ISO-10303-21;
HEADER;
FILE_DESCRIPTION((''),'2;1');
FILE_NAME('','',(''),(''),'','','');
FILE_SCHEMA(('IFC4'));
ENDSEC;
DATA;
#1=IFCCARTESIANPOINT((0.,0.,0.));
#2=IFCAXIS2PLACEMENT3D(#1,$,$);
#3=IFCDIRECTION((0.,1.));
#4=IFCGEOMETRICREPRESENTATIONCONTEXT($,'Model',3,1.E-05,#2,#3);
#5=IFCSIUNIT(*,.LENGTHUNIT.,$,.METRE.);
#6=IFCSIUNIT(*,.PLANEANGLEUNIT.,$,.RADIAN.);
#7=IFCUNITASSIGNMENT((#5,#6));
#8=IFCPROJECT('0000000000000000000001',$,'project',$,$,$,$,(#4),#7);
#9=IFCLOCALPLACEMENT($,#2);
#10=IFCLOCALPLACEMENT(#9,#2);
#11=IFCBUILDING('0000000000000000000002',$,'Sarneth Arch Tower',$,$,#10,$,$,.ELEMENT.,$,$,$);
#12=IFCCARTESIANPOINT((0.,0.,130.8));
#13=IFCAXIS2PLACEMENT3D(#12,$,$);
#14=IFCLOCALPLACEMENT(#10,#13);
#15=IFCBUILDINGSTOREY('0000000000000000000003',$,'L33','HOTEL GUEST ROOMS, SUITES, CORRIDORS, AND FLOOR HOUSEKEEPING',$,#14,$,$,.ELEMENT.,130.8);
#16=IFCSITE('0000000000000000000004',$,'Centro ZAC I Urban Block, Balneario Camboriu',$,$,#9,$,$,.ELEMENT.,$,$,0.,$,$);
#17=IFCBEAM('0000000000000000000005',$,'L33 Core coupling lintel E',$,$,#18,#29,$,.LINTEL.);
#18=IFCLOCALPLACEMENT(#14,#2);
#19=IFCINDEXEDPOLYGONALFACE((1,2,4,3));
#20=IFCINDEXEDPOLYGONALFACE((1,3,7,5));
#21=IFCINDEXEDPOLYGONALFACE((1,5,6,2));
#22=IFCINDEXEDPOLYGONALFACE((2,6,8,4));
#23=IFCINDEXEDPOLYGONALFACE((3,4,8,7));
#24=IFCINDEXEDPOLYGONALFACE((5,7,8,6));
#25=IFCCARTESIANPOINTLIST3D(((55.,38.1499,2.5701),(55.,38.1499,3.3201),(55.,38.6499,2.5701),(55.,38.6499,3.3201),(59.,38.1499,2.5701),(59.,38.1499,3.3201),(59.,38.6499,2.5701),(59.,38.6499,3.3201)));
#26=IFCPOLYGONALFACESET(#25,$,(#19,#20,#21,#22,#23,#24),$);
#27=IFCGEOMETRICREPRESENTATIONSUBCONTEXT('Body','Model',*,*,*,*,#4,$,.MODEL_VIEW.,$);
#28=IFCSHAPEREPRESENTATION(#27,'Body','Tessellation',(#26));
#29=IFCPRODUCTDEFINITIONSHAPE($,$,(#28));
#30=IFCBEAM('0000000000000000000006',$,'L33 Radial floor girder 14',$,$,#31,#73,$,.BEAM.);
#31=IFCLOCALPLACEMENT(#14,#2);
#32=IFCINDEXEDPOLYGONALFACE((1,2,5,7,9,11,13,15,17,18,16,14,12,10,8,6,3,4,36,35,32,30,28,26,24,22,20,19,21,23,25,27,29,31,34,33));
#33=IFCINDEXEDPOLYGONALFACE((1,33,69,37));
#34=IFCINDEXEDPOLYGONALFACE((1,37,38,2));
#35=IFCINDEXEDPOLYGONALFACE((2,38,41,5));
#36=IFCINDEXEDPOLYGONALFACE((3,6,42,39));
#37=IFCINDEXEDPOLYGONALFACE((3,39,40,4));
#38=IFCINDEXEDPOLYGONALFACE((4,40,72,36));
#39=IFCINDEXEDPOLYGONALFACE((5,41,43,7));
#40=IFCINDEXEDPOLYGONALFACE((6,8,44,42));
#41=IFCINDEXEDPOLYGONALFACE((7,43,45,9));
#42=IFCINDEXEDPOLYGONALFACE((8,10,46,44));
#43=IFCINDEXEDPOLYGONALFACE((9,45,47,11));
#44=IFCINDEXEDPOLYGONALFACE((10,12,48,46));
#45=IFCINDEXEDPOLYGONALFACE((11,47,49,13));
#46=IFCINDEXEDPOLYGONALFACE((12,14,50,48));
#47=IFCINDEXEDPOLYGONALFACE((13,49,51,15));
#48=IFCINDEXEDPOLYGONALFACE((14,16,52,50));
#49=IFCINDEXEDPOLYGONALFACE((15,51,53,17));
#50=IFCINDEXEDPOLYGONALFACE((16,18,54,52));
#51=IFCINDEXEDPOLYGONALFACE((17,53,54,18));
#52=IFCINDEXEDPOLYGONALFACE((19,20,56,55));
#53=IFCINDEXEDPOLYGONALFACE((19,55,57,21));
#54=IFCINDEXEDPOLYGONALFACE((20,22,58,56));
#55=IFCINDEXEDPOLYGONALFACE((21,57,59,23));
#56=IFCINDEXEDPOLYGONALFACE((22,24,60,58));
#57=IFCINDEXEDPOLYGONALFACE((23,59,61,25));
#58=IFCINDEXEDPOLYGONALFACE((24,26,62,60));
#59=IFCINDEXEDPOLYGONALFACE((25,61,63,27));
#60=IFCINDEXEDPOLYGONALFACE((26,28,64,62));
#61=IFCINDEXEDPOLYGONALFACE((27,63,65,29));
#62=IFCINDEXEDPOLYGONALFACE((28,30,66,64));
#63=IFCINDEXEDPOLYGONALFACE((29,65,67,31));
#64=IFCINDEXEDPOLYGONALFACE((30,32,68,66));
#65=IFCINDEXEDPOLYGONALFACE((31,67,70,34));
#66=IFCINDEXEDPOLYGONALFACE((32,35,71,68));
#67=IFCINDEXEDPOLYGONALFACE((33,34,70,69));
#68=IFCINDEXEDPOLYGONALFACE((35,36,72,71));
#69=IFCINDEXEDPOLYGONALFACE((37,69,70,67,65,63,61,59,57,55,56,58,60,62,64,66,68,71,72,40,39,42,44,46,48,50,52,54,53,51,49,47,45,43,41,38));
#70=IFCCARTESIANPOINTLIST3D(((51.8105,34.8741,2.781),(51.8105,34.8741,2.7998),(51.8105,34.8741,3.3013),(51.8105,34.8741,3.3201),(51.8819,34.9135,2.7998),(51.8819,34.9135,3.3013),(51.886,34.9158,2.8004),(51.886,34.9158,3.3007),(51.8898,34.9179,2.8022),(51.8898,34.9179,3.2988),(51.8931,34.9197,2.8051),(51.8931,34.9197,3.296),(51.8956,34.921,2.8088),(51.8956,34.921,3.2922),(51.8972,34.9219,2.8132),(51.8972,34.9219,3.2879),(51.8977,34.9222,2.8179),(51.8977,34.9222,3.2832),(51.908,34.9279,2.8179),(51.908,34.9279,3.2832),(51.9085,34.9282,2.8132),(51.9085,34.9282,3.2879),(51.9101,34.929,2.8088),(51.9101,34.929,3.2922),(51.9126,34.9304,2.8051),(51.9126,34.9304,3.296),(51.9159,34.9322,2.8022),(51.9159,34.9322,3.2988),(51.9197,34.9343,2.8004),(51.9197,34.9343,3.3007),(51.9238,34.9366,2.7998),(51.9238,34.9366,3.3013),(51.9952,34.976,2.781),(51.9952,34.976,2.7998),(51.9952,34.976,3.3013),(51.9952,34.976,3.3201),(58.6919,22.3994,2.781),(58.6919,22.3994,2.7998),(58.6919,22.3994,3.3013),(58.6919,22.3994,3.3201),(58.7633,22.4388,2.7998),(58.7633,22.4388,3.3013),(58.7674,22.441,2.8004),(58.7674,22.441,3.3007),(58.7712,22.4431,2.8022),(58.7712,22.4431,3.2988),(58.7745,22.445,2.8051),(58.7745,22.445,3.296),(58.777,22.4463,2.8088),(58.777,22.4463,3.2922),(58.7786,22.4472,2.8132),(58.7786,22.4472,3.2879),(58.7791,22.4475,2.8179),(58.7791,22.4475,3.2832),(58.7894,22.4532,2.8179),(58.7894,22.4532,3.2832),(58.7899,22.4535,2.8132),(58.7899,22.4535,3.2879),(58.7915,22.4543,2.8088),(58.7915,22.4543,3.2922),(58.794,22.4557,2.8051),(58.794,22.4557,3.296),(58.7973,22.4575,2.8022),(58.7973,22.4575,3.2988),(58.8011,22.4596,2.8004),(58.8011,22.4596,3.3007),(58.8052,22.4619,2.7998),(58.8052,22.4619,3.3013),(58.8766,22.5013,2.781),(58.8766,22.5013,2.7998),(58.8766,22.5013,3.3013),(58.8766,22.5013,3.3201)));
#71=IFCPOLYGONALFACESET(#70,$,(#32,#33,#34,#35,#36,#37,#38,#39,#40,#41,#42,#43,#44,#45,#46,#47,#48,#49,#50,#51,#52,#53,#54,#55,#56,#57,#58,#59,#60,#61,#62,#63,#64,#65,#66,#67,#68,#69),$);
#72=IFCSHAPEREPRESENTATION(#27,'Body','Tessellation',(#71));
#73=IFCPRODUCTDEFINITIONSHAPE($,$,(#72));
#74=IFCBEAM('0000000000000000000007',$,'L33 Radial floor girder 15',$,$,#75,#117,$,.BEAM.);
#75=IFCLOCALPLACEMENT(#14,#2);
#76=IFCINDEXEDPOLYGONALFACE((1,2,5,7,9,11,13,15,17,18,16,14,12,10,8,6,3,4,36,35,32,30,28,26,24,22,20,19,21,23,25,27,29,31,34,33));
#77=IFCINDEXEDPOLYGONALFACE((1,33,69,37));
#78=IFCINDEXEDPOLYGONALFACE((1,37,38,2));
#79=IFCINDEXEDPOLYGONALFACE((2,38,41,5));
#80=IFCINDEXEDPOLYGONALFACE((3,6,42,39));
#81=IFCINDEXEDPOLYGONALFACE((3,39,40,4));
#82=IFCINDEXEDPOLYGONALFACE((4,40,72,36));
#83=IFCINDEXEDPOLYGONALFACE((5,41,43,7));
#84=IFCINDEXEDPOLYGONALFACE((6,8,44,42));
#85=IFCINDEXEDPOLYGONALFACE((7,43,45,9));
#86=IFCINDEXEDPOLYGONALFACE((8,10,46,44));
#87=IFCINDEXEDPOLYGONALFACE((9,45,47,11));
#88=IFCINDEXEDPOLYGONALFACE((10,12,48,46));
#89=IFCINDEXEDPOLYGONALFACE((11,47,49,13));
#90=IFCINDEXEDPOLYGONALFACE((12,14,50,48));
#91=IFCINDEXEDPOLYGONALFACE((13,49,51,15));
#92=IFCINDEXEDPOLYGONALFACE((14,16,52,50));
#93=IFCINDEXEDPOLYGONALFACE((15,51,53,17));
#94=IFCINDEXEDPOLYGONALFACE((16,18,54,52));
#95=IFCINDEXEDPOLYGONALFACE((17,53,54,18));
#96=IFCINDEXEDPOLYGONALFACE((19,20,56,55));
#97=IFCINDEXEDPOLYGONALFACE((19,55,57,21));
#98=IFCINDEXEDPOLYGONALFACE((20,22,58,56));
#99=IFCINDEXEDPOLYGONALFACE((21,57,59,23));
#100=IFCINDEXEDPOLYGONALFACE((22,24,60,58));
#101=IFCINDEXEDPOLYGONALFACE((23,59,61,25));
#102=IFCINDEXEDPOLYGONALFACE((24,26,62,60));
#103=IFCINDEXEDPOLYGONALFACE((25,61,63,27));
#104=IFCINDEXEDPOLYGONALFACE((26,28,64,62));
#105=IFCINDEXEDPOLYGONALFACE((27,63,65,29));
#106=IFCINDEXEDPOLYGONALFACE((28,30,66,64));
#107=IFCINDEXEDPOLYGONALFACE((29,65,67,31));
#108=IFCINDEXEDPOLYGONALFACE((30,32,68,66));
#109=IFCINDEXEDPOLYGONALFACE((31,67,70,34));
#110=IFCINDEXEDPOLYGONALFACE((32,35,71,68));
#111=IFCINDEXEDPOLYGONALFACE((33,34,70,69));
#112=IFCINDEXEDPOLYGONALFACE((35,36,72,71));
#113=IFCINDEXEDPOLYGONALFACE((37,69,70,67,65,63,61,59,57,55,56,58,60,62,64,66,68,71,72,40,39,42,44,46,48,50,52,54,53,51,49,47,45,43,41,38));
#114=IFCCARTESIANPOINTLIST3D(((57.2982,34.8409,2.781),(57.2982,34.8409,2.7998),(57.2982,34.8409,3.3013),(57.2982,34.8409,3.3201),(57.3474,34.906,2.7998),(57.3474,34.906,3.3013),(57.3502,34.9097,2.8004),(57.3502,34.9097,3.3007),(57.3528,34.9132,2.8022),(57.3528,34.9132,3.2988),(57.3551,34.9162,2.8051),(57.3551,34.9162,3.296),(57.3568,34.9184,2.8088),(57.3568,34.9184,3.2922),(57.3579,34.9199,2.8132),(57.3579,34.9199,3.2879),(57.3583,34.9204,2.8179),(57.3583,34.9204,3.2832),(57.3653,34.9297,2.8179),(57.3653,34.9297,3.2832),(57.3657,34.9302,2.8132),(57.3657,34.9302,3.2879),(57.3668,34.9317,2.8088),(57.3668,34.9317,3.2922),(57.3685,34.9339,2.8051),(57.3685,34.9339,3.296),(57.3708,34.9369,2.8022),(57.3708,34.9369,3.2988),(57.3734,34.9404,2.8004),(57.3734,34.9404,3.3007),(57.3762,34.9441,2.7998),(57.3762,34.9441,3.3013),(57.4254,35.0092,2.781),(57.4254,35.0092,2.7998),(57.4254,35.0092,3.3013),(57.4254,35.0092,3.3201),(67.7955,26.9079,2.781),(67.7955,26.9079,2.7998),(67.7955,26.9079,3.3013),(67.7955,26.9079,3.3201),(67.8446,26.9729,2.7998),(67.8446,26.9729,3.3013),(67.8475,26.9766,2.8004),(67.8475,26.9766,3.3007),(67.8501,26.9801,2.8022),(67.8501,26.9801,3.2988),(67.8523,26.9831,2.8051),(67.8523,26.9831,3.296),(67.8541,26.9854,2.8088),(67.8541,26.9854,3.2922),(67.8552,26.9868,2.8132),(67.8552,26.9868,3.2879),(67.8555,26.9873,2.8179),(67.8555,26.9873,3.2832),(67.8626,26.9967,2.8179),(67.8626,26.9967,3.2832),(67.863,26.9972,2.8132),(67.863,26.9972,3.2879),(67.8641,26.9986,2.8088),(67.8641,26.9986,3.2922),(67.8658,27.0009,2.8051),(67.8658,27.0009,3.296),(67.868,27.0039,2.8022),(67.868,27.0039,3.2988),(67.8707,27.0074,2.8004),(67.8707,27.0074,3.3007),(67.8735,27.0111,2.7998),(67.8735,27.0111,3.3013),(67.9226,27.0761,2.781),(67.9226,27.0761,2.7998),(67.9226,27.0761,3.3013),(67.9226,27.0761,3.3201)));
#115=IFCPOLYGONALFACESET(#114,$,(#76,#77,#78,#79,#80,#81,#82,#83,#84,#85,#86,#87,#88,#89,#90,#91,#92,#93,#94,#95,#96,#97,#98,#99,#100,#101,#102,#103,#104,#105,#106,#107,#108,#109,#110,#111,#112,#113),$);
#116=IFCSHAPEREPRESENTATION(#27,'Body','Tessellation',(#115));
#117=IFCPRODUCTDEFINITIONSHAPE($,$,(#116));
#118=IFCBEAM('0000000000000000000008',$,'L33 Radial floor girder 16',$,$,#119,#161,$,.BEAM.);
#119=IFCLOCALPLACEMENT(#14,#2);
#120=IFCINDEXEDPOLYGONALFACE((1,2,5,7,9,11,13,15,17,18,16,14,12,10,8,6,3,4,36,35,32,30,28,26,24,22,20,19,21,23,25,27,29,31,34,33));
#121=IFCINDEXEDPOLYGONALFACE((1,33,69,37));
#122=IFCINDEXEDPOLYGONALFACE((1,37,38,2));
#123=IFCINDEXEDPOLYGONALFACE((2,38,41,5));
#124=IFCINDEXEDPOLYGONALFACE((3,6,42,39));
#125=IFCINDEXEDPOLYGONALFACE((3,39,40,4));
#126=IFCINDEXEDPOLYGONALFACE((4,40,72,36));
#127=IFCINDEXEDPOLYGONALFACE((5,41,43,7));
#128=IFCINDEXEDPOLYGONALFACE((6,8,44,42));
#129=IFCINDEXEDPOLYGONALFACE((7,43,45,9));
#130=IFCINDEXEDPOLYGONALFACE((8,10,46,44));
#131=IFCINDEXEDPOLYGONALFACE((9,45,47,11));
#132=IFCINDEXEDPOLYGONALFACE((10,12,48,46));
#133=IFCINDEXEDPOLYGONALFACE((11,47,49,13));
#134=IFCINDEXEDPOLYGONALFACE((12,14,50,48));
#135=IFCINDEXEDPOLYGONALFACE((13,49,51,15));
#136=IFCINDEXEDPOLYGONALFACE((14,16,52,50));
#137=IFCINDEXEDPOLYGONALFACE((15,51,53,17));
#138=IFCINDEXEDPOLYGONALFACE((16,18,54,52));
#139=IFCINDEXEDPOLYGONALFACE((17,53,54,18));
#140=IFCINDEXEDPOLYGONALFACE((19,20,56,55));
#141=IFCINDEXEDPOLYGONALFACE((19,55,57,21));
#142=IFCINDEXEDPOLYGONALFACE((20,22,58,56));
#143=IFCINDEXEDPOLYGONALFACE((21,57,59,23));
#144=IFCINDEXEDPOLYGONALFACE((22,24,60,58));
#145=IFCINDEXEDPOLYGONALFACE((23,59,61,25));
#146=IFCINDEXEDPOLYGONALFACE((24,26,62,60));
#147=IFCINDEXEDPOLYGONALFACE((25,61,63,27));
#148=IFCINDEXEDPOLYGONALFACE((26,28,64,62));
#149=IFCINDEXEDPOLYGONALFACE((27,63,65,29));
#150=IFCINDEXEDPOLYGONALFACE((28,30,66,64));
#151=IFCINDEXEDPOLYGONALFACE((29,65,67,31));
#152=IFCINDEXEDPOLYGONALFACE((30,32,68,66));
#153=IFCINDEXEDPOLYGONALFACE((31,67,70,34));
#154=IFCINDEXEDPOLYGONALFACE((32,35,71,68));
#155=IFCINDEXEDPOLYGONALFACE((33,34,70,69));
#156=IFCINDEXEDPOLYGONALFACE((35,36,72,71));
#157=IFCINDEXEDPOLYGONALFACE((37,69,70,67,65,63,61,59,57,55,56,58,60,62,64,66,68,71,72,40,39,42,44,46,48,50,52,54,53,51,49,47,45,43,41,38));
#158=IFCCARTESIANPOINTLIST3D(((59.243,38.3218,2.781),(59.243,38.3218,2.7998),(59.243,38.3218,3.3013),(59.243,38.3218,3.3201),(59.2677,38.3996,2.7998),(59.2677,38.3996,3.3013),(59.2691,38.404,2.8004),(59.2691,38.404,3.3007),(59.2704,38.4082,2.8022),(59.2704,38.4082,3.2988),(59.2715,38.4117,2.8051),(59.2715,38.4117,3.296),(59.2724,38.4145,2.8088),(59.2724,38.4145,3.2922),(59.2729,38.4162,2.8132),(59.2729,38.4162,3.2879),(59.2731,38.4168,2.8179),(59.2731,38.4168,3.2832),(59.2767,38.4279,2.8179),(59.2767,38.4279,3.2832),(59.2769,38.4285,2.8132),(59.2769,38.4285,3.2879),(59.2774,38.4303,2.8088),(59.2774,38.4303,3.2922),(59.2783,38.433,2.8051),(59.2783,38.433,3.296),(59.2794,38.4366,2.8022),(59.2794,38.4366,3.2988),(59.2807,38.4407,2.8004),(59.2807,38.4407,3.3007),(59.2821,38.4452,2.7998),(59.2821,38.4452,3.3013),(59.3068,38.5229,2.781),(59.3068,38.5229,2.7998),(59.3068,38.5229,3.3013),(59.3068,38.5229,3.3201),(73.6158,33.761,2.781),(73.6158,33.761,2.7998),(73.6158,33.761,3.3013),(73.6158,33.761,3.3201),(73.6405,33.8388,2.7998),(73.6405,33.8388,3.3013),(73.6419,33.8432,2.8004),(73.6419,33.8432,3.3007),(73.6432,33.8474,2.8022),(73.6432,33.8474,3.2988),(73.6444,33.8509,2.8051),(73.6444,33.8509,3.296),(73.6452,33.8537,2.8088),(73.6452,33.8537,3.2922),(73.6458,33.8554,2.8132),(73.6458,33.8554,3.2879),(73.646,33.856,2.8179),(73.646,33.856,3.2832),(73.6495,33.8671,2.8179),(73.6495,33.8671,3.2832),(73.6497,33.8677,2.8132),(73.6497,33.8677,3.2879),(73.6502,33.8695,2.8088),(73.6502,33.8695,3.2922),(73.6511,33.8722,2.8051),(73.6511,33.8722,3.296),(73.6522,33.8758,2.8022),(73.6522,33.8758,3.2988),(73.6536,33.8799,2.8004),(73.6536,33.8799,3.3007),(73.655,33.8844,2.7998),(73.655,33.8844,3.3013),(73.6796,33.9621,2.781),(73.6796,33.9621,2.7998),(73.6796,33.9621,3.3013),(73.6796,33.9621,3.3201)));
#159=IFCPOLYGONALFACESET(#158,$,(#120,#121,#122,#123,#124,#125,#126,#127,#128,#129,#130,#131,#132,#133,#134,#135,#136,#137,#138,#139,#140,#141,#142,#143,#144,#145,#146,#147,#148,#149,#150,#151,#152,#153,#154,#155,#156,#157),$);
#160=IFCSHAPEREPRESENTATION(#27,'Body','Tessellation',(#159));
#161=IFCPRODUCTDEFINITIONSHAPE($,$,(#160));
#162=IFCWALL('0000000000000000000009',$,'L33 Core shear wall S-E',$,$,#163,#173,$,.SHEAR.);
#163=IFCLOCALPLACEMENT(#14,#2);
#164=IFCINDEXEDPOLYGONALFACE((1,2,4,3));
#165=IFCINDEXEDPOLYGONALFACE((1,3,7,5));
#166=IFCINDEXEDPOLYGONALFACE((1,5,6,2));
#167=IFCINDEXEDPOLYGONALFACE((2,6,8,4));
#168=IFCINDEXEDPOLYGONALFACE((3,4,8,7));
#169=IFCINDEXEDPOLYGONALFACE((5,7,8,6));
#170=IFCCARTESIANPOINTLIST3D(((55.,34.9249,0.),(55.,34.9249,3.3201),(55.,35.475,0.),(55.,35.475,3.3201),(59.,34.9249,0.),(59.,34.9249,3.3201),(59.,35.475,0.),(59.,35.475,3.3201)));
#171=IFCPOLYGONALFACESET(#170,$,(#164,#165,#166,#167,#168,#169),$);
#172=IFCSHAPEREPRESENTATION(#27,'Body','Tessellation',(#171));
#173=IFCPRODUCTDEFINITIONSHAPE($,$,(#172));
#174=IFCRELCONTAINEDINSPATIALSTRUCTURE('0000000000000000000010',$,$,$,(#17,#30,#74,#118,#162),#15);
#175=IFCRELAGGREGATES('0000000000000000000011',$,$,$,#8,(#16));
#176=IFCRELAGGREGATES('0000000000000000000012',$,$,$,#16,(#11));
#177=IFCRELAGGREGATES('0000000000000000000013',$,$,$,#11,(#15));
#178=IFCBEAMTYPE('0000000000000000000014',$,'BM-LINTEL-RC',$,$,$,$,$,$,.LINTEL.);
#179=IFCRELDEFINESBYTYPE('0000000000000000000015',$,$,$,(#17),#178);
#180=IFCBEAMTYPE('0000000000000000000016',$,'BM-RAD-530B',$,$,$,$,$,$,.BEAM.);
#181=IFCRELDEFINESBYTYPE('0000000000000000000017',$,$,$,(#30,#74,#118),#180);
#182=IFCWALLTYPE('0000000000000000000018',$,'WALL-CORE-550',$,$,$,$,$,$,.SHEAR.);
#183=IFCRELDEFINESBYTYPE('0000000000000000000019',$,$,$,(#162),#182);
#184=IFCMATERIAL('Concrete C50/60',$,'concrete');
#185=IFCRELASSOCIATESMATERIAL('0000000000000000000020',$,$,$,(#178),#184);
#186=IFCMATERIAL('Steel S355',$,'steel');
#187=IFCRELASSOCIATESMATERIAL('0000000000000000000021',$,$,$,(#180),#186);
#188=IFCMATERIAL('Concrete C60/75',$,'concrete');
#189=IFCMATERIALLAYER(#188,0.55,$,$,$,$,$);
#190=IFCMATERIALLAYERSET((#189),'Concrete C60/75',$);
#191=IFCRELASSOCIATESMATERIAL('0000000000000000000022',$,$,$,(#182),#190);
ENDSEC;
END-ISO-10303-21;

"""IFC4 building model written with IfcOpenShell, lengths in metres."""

from ifc_helpers import new_model, si_unit, direction, frame, frame_2d, origin, origin_2d, place, context, subcontext, project, spatial, rectangle, i_section, extrude, material, layer, layer_set, material_profile, profile_set, type_object, element, save


model = new_model("IFC4")

# Units and contexts
model_context = context("Model", 3, precision=1e-05, world=origin(), true_north=direction((0.0, 1.0)))
body_context = subcontext(model_context, "Body", "Model", "MODEL_VIEW")
ifc_project = project(units=[si_unit("LENGTHUNIT", "METRE"), si_unit("PLANEANGLEUNIT", "RADIAN")], contexts=[model_context])

# Site, building, storey
site_placement = place(None, origin())
site = spatial("IfcSite", under=ifc_project, at=site_placement, Name="Centro ZAC I Urban Block, Balneario Camboriu", CompositionType="ELEMENT", RefElevation=0.0)
building_placement = place(site_placement, origin())
building = spatial("IfcBuilding", under=site, at=building_placement, Name="Sarneth Arch Tower", CompositionType="ELEMENT")
storey_placement = place(building_placement, frame((0.0, 0.0, 130.8)))
storey = spatial("IfcBuildingStorey", under=building, at=storey_placement, Name="L33", Description="HOTEL GUEST ROOMS, SUITES, CORRIDORS, AND FLOOR HOUSEKEEPING", CompositionType="ELEMENT", Elevation=130.8)

# Beams
ifc_material_1 = material(Name="Concrete C50/60", Category="concrete")
ifc_material_profile_1 = material_profile(ifc_material_1, rectangle(XDim=0.5, YDim=0.75, at=origin_2d()), Name="RC-500x750")
ifc_profile_set_1 = profile_set([ifc_material_profile_1], Name="Concrete C50/60")
beam_type_1 = type_object("IfcBeamType", Name="BM-LINTEL-RC", PredefinedType="LINTEL", material=ifc_profile_set_1)
beam_1_placement = place(storey_placement, frame((55.0, 38.3999, 2.9451), z_axis=(1.0, 0.0, 0.0), x_axis=(0.0, 1.0, 0.0)))
element("IfcBeam", 1, at=beam_1_placement, inside=storey, type_object=beam_type_1, Name="L33 Core coupling lintel E", PredefinedType="LINTEL", context=body_context, shape_type="SweptSolid", body=[
    extrude(rectangle(XDim=0.5, YDim=0.75, at=origin_2d()), origin(), (0.0, 0.0, 1.0), 4.0),
])
ifc_material_2 = material(Name="Steel S355", Category="steel")
ifc_material_profile_2 = material_profile(ifc_material_2, i_section(OverallWidth=0.2109, OverallDepth=0.5391, WebThickness=0.0117, FlangeThickness=0.0188, FilletRadius=0.0181, at=origin_2d()), Name="W530x109")
ifc_profile_set_2 = profile_set([ifc_material_profile_2], Name="Steel S355")
beam_type_2 = type_object("IfcBeamType", Name="BM-RAD-530B", PredefinedType="BEAM", material=ifc_profile_set_2)
beam_2_placement = place(storey_placement, frame((51.9028, 34.925, 3.0505), z_axis=(0.483013, -0.875613, 0.0), x_axis=(0.875613, 0.483013, 0.0)))
element("IfcBeam", 2, at=beam_2_placement, inside=storey, type_object=beam_type_2, Name="L33 Radial floor girder 14", PredefinedType="BEAM", context=body_context, shape_type="SweptSolid", body=[
    extrude(i_section(OverallWidth=0.2109, OverallDepth=0.5391, WebThickness=0.0117, FlangeThickness=0.0188, FilletRadius=0.0181, at=origin_2d()), origin(), (0.0, 0.0, 1.0), 14.2468),
])
beam_3_placement = place(storey_placement, frame((57.3618, 34.925, 3.0505), z_axis=(0.797801, -0.60292, 0.0), x_axis=(0.60292, 0.797801, 0.0)))
element("IfcBeam", 3, at=beam_3_placement, inside=storey, type_object=beam_type_2, Name="L33 Radial floor girder 15", PredefinedType="BEAM", context=body_context, shape_type="SweptSolid", body=[
    extrude(i_section(OverallWidth=0.2109, OverallDepth=0.5391, WebThickness=0.0117, FlangeThickness=0.0188, FilletRadius=0.0181, at=origin_2d()), origin(), (0.0, 0.0, 1.0), 13.1577),
])
beam_4_placement = place(storey_placement, frame((59.2749, 38.4224, 3.0505), z_axis=(0.953163, -0.302458, 0.0), x_axis=(0.302458, 0.953163, 0.0)))
element("IfcBeam", 4, at=beam_4_placement, inside=storey, type_object=beam_type_2, Name="L33 Radial floor girder 16", PredefinedType="BEAM", context=body_context, shape_type="SweptSolid", body=[
    extrude(i_section(OverallWidth=0.2109, OverallDepth=0.5391, WebThickness=0.0117, FlangeThickness=0.0188, FilletRadius=0.0181, at=origin_2d()), origin(), (0.0, 0.0, 1.0), 15.0791),
])

# Wall
ifc_material_3 = material(Name="Concrete C60/75", Category="concrete")
ifc_layer_1 = layer(ifc_material_3, 0.55)
ifc_layer_set_1 = layer_set([ifc_layer_1], Name="Concrete C60/75")
wall_type_1 = type_object("IfcWallType", Name="WALL-CORE-550", PredefinedType="SHEAR", material=ifc_layer_set_1)
wall_1_placement = place(storey_placement, frame((55.0, 35.2, 0.0), z_axis=(0.0, 0.0, 1.0), x_axis=(1.0, 0.0, 0.0)))
element("IfcWall", 5, at=wall_1_placement, inside=storey, type_object=wall_type_1, Name="L33 Core shear wall S-E", PredefinedType="SHEAR", context=body_context, shape_type="SweptSolid", body=[
    extrude(rectangle(XDim=4.0, YDim=0.55, at=frame_2d((2.0, 0.0))), origin(), (0.0, 0.0, 1.0), 3.3201),
])

save(model, "model.ifc")
